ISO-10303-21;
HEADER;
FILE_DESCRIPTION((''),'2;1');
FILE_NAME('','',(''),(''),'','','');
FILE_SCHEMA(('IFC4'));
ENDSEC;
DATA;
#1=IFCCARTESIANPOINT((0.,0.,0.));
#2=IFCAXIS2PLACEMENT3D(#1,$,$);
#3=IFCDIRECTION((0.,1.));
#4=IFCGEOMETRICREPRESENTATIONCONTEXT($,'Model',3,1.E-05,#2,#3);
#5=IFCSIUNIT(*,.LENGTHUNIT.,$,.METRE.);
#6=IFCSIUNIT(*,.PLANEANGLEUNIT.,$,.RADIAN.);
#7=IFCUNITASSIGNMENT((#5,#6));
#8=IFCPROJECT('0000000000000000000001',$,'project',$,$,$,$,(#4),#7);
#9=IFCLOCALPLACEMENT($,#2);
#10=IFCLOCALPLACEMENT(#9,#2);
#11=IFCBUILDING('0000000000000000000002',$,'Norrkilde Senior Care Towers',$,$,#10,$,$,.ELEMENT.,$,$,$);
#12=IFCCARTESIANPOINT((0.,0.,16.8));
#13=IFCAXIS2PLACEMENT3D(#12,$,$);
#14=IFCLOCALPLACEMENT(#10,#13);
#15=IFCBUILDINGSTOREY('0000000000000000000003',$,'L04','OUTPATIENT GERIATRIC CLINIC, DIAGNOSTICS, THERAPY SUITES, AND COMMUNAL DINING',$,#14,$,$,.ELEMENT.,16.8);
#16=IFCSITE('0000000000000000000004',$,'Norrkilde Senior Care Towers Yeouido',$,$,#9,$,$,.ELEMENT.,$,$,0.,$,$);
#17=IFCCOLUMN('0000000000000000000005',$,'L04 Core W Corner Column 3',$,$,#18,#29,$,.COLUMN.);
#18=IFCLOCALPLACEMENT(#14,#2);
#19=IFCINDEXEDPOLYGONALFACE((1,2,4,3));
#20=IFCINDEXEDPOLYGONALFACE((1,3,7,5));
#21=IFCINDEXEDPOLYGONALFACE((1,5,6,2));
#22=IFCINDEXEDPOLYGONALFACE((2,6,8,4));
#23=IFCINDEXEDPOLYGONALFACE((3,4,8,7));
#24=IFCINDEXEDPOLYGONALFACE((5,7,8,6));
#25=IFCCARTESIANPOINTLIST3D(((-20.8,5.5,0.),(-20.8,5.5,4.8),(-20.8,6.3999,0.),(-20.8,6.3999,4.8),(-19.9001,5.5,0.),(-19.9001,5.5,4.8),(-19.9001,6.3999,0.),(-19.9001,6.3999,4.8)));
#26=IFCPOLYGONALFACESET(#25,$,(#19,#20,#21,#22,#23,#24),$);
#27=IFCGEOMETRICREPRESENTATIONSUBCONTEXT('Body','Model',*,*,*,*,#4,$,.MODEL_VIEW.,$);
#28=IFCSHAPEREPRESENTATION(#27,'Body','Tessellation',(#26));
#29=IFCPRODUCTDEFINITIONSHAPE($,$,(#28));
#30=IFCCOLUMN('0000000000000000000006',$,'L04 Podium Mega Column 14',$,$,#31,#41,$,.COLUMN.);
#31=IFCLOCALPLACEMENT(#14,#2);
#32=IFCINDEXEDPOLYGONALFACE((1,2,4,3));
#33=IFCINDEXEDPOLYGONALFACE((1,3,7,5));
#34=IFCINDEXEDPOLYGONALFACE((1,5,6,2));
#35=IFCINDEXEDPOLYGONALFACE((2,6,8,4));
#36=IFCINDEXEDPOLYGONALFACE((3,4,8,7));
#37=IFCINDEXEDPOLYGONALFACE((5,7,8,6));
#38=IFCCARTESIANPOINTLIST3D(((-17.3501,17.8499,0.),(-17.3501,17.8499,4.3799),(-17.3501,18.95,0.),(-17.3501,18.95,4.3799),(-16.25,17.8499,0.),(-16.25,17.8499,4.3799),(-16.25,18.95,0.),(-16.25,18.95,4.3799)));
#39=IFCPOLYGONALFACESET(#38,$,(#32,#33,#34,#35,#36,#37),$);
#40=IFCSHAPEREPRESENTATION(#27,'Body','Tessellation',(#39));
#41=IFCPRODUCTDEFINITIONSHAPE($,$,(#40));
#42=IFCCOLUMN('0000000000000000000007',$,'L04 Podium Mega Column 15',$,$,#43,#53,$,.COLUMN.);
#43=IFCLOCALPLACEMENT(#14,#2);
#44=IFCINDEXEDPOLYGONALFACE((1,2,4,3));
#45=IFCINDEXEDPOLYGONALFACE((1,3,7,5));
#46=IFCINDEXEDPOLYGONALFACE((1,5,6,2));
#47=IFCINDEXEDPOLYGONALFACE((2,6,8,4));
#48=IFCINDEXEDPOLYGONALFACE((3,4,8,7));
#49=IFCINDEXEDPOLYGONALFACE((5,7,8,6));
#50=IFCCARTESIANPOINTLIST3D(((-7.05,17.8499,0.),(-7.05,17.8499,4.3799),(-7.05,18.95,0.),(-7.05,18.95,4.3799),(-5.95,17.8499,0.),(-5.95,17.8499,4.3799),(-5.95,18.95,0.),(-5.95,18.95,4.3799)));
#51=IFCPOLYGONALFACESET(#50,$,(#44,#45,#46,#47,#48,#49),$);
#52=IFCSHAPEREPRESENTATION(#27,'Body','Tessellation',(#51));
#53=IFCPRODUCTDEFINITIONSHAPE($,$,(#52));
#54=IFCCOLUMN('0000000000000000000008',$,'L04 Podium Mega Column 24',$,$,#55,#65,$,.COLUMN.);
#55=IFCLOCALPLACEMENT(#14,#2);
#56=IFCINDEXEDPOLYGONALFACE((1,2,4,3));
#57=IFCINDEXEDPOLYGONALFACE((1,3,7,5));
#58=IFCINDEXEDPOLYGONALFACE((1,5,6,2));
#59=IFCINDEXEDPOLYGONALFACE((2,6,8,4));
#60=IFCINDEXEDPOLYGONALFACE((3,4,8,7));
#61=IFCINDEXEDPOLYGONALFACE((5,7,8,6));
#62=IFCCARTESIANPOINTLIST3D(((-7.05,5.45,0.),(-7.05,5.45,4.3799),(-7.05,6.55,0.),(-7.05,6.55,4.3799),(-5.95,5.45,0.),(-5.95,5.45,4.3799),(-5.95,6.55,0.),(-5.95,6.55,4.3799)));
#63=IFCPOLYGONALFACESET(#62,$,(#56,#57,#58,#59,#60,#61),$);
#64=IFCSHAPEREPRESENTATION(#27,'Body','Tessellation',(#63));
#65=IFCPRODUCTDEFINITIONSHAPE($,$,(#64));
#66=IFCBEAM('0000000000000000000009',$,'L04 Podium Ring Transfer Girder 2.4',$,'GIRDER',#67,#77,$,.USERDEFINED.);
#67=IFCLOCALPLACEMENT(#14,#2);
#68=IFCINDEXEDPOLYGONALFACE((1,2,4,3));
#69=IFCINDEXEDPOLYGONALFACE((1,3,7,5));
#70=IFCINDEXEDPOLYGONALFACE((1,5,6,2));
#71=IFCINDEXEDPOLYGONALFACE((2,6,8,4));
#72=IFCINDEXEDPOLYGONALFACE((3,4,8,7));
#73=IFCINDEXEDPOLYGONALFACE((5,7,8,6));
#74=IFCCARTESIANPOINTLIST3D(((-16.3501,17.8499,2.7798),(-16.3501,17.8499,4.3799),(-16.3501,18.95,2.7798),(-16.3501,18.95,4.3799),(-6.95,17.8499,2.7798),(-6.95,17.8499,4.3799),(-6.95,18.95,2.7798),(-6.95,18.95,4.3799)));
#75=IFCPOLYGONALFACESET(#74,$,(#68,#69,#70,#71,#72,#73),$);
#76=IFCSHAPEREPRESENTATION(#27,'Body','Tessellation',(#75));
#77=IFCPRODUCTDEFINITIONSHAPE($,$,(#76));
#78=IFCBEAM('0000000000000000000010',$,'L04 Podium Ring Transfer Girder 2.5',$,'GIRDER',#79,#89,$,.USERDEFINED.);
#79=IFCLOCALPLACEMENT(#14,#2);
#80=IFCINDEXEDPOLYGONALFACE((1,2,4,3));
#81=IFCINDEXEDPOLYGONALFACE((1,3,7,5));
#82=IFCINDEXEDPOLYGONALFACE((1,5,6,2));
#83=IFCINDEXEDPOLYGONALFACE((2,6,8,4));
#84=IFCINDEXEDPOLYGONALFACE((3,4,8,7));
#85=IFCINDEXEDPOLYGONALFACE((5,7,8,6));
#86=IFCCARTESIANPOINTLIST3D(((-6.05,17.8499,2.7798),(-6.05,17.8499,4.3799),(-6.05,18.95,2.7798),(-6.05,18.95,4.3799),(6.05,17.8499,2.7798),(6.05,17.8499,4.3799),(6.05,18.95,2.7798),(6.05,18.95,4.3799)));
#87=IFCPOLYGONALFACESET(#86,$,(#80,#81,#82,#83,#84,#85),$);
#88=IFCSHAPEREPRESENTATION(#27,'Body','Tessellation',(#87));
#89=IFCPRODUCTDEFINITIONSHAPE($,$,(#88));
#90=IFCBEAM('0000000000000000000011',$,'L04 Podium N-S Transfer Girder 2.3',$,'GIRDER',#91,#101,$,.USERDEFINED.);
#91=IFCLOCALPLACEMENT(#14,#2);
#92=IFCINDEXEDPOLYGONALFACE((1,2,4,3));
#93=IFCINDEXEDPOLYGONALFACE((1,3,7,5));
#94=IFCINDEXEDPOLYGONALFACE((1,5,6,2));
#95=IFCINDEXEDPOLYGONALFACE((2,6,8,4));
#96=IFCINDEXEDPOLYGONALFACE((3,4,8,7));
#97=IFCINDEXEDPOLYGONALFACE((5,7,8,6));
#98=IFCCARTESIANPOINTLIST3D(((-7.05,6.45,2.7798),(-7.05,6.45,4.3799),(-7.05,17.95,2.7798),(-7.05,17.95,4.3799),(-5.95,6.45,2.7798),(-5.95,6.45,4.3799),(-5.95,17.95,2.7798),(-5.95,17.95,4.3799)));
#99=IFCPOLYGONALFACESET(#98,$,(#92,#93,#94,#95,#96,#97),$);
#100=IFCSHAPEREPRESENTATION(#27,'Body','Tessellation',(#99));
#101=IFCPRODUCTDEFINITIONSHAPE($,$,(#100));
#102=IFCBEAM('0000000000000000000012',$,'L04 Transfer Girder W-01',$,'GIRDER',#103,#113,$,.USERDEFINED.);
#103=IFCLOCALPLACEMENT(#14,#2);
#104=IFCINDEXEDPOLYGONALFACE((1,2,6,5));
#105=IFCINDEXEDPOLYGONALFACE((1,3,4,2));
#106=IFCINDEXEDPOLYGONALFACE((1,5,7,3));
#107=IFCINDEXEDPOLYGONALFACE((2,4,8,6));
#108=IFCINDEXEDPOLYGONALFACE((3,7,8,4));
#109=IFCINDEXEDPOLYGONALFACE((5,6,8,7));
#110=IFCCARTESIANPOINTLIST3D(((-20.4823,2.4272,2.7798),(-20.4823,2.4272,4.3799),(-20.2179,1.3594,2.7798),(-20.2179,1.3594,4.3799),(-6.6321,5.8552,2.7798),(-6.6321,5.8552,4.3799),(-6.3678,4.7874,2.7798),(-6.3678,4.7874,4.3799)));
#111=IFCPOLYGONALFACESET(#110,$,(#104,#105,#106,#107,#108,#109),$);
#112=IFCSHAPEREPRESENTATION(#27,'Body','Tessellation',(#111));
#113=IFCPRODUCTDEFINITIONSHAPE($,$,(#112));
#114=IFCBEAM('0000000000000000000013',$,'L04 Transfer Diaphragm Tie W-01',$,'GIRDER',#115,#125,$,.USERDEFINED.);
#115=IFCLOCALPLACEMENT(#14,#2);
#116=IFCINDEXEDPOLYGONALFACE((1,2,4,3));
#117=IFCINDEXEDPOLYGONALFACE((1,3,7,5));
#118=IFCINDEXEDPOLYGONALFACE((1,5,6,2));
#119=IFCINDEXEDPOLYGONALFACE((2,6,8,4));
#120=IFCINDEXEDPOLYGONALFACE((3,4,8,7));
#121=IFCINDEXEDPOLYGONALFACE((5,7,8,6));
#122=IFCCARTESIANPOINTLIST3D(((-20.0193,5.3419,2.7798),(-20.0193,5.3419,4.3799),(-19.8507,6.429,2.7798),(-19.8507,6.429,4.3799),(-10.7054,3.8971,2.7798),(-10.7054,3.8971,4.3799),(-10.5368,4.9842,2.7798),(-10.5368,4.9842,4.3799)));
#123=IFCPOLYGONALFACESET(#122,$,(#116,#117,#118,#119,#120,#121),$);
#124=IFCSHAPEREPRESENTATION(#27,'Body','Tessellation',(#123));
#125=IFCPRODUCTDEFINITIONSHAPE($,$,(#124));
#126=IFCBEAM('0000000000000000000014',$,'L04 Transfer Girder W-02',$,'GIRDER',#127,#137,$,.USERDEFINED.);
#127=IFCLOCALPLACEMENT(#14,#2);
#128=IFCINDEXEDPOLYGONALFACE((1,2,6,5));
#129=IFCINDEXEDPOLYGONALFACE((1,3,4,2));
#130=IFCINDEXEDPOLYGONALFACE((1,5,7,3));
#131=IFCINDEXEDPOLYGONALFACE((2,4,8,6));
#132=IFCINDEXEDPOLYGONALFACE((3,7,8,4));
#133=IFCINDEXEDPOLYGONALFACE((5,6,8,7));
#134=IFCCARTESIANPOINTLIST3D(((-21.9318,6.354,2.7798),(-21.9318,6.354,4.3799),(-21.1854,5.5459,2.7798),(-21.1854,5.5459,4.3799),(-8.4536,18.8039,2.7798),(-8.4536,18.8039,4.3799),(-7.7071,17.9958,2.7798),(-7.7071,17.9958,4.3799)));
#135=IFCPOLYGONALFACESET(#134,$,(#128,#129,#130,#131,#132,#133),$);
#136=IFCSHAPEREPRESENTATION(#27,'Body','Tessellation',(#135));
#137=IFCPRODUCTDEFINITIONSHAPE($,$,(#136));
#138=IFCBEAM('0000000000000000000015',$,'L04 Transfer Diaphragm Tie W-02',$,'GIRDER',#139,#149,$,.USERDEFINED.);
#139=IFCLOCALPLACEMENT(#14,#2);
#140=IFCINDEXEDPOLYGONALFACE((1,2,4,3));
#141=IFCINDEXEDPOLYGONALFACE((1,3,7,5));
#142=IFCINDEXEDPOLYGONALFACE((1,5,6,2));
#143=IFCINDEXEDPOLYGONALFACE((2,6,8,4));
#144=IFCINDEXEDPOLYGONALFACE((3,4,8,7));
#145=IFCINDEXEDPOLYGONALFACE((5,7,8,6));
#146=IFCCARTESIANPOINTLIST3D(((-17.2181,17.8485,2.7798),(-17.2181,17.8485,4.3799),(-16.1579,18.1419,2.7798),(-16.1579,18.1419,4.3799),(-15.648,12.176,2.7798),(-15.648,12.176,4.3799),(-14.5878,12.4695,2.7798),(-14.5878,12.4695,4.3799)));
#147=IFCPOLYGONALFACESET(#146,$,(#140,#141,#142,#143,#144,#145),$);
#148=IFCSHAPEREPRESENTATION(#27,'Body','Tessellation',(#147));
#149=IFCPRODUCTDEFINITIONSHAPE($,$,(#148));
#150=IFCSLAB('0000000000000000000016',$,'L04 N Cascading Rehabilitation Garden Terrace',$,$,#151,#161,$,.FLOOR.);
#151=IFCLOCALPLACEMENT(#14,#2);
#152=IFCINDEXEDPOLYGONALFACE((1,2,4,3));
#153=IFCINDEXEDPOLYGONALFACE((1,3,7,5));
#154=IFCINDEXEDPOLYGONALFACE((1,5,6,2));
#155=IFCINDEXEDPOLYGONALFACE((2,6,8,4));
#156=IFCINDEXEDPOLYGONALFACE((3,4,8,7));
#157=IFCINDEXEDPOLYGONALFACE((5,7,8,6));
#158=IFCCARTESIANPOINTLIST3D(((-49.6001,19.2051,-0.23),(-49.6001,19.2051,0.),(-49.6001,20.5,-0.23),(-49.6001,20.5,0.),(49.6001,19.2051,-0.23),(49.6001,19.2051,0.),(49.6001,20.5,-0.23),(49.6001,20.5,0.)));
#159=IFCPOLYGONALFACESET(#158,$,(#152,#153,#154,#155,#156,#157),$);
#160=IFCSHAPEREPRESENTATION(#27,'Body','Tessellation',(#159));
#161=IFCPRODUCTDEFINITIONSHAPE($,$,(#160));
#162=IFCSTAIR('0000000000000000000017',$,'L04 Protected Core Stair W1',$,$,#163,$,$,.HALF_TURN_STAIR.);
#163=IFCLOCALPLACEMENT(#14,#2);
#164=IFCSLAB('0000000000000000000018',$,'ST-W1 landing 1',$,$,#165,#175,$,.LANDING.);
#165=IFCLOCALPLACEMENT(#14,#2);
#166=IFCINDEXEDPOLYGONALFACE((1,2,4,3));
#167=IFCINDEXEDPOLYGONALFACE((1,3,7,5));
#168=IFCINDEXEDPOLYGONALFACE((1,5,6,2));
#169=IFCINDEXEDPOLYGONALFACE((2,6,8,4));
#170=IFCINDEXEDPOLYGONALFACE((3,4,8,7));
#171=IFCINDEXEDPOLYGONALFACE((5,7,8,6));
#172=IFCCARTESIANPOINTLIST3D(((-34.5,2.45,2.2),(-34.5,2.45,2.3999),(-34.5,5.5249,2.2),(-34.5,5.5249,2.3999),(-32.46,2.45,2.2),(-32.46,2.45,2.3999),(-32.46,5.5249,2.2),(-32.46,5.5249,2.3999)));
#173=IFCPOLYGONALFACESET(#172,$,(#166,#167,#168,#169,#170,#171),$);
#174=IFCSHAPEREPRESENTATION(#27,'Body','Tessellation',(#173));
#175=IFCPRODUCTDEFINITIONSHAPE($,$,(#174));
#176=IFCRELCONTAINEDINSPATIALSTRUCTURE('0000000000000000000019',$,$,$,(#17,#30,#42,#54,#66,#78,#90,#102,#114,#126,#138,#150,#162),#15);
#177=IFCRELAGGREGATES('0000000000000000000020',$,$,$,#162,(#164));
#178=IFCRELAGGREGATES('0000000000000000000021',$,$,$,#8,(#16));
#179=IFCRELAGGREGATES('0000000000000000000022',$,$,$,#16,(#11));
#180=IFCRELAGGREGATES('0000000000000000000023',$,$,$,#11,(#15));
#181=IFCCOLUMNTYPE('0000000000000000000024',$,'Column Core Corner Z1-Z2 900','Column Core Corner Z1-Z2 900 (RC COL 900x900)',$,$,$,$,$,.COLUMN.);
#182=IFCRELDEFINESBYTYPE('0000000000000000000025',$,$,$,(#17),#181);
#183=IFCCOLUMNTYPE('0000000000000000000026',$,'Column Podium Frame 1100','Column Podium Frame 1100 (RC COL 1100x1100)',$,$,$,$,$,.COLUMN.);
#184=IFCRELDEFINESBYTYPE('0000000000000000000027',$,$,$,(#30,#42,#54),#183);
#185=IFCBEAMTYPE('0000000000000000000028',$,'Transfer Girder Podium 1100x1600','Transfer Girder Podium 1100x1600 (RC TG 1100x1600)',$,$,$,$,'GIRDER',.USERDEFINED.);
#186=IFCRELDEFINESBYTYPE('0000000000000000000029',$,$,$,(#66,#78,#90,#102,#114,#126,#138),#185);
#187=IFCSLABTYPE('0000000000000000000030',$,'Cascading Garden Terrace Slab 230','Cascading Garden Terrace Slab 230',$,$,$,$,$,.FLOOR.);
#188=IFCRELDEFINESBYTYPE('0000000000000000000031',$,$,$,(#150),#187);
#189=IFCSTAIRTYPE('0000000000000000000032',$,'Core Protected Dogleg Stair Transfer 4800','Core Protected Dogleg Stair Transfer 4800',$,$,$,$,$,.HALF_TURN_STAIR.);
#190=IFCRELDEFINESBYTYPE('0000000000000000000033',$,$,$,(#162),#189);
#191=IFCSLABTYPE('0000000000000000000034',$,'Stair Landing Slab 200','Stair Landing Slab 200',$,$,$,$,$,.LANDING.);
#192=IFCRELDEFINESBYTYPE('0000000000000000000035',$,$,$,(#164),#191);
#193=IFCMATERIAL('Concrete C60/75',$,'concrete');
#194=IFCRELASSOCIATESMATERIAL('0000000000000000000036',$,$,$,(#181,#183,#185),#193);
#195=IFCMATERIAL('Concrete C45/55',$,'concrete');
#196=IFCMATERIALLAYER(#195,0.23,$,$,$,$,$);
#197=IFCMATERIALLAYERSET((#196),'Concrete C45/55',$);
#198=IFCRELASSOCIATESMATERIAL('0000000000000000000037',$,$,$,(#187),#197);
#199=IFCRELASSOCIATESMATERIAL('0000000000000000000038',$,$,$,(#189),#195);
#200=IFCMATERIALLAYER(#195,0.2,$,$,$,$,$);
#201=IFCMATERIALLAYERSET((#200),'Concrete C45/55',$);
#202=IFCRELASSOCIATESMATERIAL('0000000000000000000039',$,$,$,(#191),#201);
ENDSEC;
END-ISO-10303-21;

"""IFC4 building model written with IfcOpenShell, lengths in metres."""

from ifc_helpers import new_model, si_unit, direction, frame, origin, origin_2d, place, context, subcontext, project, spatial, polyline, rectangle, outline, extrude, source, transform, mapped, material, layer, layer_set, material_profile, profile_set, type_object, type_shapes, element, aggregate, save


model = new_model("IFC4")

# Units and contexts
model_context = context("Model", 3, precision=1e-05, world=origin(), true_north=direction((0.0, 1.0)))
body_context = subcontext(model_context, "Body", "Model", "MODEL_VIEW")
ifc_project = project(units=[si_unit("LENGTHUNIT", "METRE"), si_unit("PLANEANGLEUNIT", "RADIAN")], contexts=[model_context])

# Site, building, storey
site_placement = place(None, origin())
site = spatial("IfcSite", under=ifc_project, at=site_placement, Name="Norrkilde Senior Care Towers Yeouido", CompositionType="ELEMENT", RefElevation=0.0)
building_placement = place(site_placement, origin())
building = spatial("IfcBuilding", under=site, at=building_placement, Name="Norrkilde Senior Care Towers", CompositionType="ELEMENT")
storey_placement = place(building_placement, frame((0.0, 0.0, 16.8)))
storey = spatial("IfcBuildingStorey", under=building, at=storey_placement, Name="L04", Description="OUTPATIENT GERIATRIC CLINIC, DIAGNOSTICS, THERAPY SUITES, AND COMMUNAL DINING", CompositionType="ELEMENT", Elevation=16.8)

# Columns
ifc_material_1 = material(Name="Concrete C60/75", Category="concrete")
ifc_material_profile_1 = material_profile(ifc_material_1, rectangle(XDim=0.8999, YDim=0.8999, at=origin_2d()), Name="RC COL 900x900")
ifc_profile_set_1 = profile_set([ifc_material_profile_1], Name="Concrete C60/75")
column_type_1 = type_object("IfcColumnType", Name="Column Core Corner Z1-Z2 900", Description="Column Core Corner Z1-Z2 900 (RC COL 900x900)", PredefinedType="COLUMN", material=ifc_profile_set_1)
shared_shape_1 = source(origin(), body_context, "Body", "SweptSolid", [
    extrude(rectangle(XDim=0.8999, YDim=0.8999, at=origin_2d()), origin(), (0.0, 0.0, 1.0), 4.8),
])
type_shapes(column_type_1, [shared_shape_1])
column_placement = place(storey_placement, frame((-20.3501, 5.95, 0.0), z_axis=(0.0, 0.0, 1.0), x_axis=(1.0, 0.0, 0.0)))
element("IfcColumn", 1, at=column_placement, inside=storey, type_object=column_type_1, Name="L04 Core W Corner Column 3", PredefinedType="COLUMN", context=body_context, shape_type="MappedRepresentation", body=[
    mapped(shared_shape_1, transform((0.0, 0.0, 0.0), x_axis=(1.0, 0.0, 0.0), y_axis=(0.0, 1.0, 0.0), z_axis=(0.0, 0.0, 1.0), scale=1.0)),
])
ifc_material_profile_2 = material_profile(ifc_material_1, rectangle(XDim=1.1001, YDim=1.1001, at=origin_2d()), Name="RC COL 1100x1100")
ifc_profile_set_2 = profile_set([ifc_material_profile_2], Name="Concrete C60/75")
column_type_2 = type_object("IfcColumnType", Name="Column Podium Frame 1100", Description="Column Podium Frame 1100 (RC COL 1100x1100)", PredefinedType="COLUMN", material=ifc_profile_set_2)
shared_shape_2 = source(origin(), body_context, "Body", "SweptSolid", [
    extrude(rectangle(XDim=1.1001, YDim=1.1001, at=origin_2d()), origin(), (0.0, 0.0, 1.0), 4.3799),
])
type_shapes(column_type_2, [shared_shape_2])
for number, where, z_axis, x_axis, name in (
    (2, (-16.8, 18.3999, 0.0), (0.0, 0.0, 1.0), (1.0, 0.0, 0.0), "L04 Podium Mega Column 14"),
    (3, (-6.5, 18.3999, 0.0), (0.0, 0.0, 1.0), (1.0, 0.0, 0.0), "L04 Podium Mega Column 15"),
    (4, (-6.5, 6.0, 0.0), (0.0, 0.0, 1.0), (1.0, 0.0, 0.0), "L04 Podium Mega Column 24"),
):
    element("IfcColumn", number, at=place(storey_placement, frame(where, z_axis=z_axis, x_axis=x_axis)), inside=storey, type_object=column_type_2, Name=name, PredefinedType="COLUMN", context=body_context, shape_type="MappedRepresentation", body=[
        mapped(shared_shape_2, transform((0.0, 0.0, 0.0), x_axis=(1.0, 0.0, 0.0), y_axis=(0.0, 1.0, 0.0), z_axis=(0.0, 0.0, 1.0), scale=1.0)),
    ])

# Beams
ifc_material_profile_3 = material_profile(ifc_material_1, rectangle(XDim=1.1001, YDim=1.6001, at=origin_2d()), Name="RC TG 1100x1600")
ifc_profile_set_3 = profile_set([ifc_material_profile_3], Name="Concrete C60/75")
beam_type = type_object("IfcBeamType", Name="Transfer Girder Podium 1100x1600", Description="Transfer Girder Podium 1100x1600 (RC TG 1100x1600)", ElementType="GIRDER", PredefinedType="USERDEFINED", material=ifc_profile_set_3)
shared_shape_3 = source(origin(), body_context, "Body", "SweptSolid", [
    extrude(rectangle(XDim=1.1001, YDim=1.6001, at=origin_2d()), origin(), (0.0, 0.0, 1.0), 9.4001),
])
beam_1_placement = place(storey_placement, frame((-16.3501, 18.3999, 3.5798), z_axis=(1.0, 0.0, 0.0), x_axis=(0.0, 1.0, 0.0)))
element("IfcBeam", 5, at=beam_1_placement, inside=storey, type_object=beam_type, Name="L04 Podium Ring Transfer Girder 2.4", ObjectType="GIRDER", PredefinedType="USERDEFINED", context=body_context, shape_type="MappedRepresentation", body=[
    mapped(shared_shape_3, transform((0.0, 0.0, 0.0), x_axis=(1.0, 0.0, 0.0), y_axis=(0.0, 1.0, 0.0), z_axis=(0.0, 0.0, 1.0), scale=1.0)),
])
shared_shape_4 = source(origin(), body_context, "Body", "SweptSolid", [
    extrude(rectangle(XDim=1.1001, YDim=1.6001, at=origin_2d()), origin(), (0.0, 0.0, 1.0), 12.1001),
])
beam_2_placement = place(storey_placement, frame((-6.05, 18.3999, 3.5798), z_axis=(1.0, 0.0, 0.0), x_axis=(0.0, 1.0, 0.0)))
element("IfcBeam", 6, at=beam_2_placement, inside=storey, type_object=beam_type, Name="L04 Podium Ring Transfer Girder 2.5", ObjectType="GIRDER", PredefinedType="USERDEFINED", context=body_context, shape_type="MappedRepresentation", body=[
    mapped(shared_shape_4, transform((0.0, 0.0, 0.0), x_axis=(1.0, 0.0, 0.0), y_axis=(0.0, 1.0, 0.0), z_axis=(0.0, 0.0, 1.0), scale=1.0)),
])
shared_shape_5 = source(origin(), body_context, "Body", "SweptSolid", [
    extrude(rectangle(XDim=1.1001, YDim=1.6001, at=origin_2d()), origin(), (0.0, 0.0, 1.0), 11.5),
])
beam_3_placement = place(storey_placement, frame((-6.5, 6.45, 3.5798), z_axis=(0.0, 1.0, 0.0), x_axis=(-1.0, 0.0, 0.0)))
element("IfcBeam", 7, at=beam_3_placement, inside=storey, type_object=beam_type, Name="L04 Podium N-S Transfer Girder 2.3", ObjectType="GIRDER", PredefinedType="USERDEFINED", context=body_context, shape_type="MappedRepresentation", body=[
    mapped(shared_shape_5, transform((0.0, 0.0, 0.0), x_axis=(1.0, 0.0, 0.0), y_axis=(0.0, 1.0, 0.0), z_axis=(0.0, 0.0, 1.0), scale=1.0)),
])
shared_shape_6 = source(origin(), body_context, "Body", "SweptSolid", [
    extrude(rectangle(XDim=1.1001, YDim=1.6001, at=origin_2d()), origin(), (0.0, 0.0, 1.0), 14.2681),
])
beam_4_placement = place(storey_placement, frame((-20.3501, 1.8933, 3.5798), z_axis=(0.97071, 0.240256, 0.0), x_axis=(-0.240256, 0.97071, 0.0)))
element("IfcBeam", 8, at=beam_4_placement, inside=storey, type_object=beam_type, Name="L04 Transfer Girder W-01", ObjectType="GIRDER", PredefinedType="USERDEFINED", context=body_context, shape_type="MappedRepresentation", body=[
    mapped(shared_shape_6, transform((0.0, 0.0, 0.0), x_axis=(1.0, 0.0, 0.0), y_axis=(0.0, 1.0, 0.0), z_axis=(0.0, 0.0, 1.0), scale=1.0)),
])
shared_shape_7 = source(origin(), body_context, "Body", "SweptSolid", [
    extrude(rectangle(XDim=1.1001, YDim=1.6001, at=origin_2d()), origin(), (0.0, 0.0, 1.0), 9.4253),
])
beam_5_placement = place(storey_placement, frame((-10.6211, 4.4407, 3.5798), z_axis=(-0.988181, 0.153291, 0.0), x_axis=(-0.153291, -0.988181, 0.0)))
element("IfcBeam", 9, at=beam_5_placement, inside=storey, type_object=beam_type, Name="L04 Transfer Diaphragm Tie W-01", ObjectType="GIRDER", PredefinedType="USERDEFINED", context=body_context, shape_type="MappedRepresentation", body=[
    mapped(shared_shape_7, transform((0.0, 0.0, 0.0), x_axis=(1.0, 0.0, 0.0), y_axis=(0.0, 1.0, 0.0), z_axis=(0.0, 0.0, 1.0), scale=1.0)),
])
shared_shape_8 = source(origin(), body_context, "Body", "SweptSolid", [
    extrude(rectangle(XDim=1.1001, YDim=1.6001, at=origin_2d()), origin(), (0.0, 0.0, 1.0), 18.3484),
])
beam_6_placement = place(storey_placement, frame((-21.5586, 5.95, 3.5798), z_axis=(0.734573, 0.678529, 0.0), x_axis=(-0.678529, 0.734573, 0.0)))
element("IfcBeam", 10, at=beam_6_placement, inside=storey, type_object=beam_type, Name="L04 Transfer Girder W-02", ObjectType="GIRDER", PredefinedType="USERDEFINED", context=body_context, shape_type="MappedRepresentation", body=[
    mapped(shared_shape_8, transform((0.0, 0.0, 0.0), x_axis=(1.0, 0.0, 0.0), y_axis=(0.0, 1.0, 0.0), z_axis=(0.0, 0.0, 1.0), scale=1.0)),
])
shared_shape_9 = source(origin(), body_context, "Body", "SweptSolid", [
    extrude(rectangle(XDim=1.1001, YDim=1.6001, at=origin_2d()), origin(), (0.0, 0.0, 1.0), 5.8857),
])
type_shapes(beam_type, [shared_shape_3, shared_shape_4, shared_shape_5, shared_shape_6, shared_shape_7, shared_shape_8, shared_shape_9])
beam_7_placement = place(storey_placement, frame((-15.1179, 12.3228, 3.5798), z_axis=(-0.266762, 0.963762, 0.0), x_axis=(-0.963762, -0.266762, 0.0)))
element("IfcBeam", 11, at=beam_7_placement, inside=storey, type_object=beam_type, Name="L04 Transfer Diaphragm Tie W-02", ObjectType="GIRDER", PredefinedType="USERDEFINED", context=body_context, shape_type="MappedRepresentation", body=[
    mapped(shared_shape_9, transform((0.0, 0.0, 0.0), x_axis=(1.0, 0.0, 0.0), y_axis=(0.0, 1.0, 0.0), z_axis=(0.0, 0.0, 1.0), scale=1.0)),
])

# Slab
ifc_material_2 = material(Name="Concrete C45/55", Category="concrete")
ifc_layer_1 = layer(ifc_material_2, 0.23)
ifc_layer_set_1 = layer_set([ifc_layer_1], Name="Concrete C45/55")
slab_type_1 = type_object("IfcSlabType", Name="Cascading Garden Terrace Slab 230", Description="Cascading Garden Terrace Slab 230", PredefinedType="FLOOR", material=ifc_layer_set_1)
slab_1_placement = place(storey_placement, frame((0.0, 0.0, -0.23)))
element("IfcSlab", 12, at=slab_1_placement, inside=storey, type_object=slab_type_1, Name="L04 N Cascading Rehabilitation Garden Terrace", PredefinedType="FLOOR", context=body_context, shape_type="SweptSolid", body=[
    extrude(outline(polyline([(-49.6001, 19.2051), (49.6001, 19.2051), (49.6001, 20.5), (-49.6001, 20.5), (-49.6001, 19.2051)])), origin(), (0.0, 0.0, 1.0), 0.23),
])

# Stair, slab
stair_type = type_object("IfcStairType", Name="Core Protected Dogleg Stair Transfer 4800", Description="Core Protected Dogleg Stair Transfer 4800", PredefinedType="HALF_TURN_STAIR", material=ifc_material_2)
stair_1_placement = place(storey_placement, origin())
stair_1 = element("IfcStair", 13, at=stair_1_placement, inside=storey, type_object=stair_type, Name="L04 Protected Core Stair W1", PredefinedType="HALF_TURN_STAIR")
ifc_layer_2 = layer(ifc_material_2, 0.2)
ifc_layer_set_2 = layer_set([ifc_layer_2], Name="Concrete C45/55")
slab_type_2 = type_object("IfcSlabType", Name="Stair Landing Slab 200", Description="Stair Landing Slab 200", PredefinedType="LANDING", material=ifc_layer_set_2)
slab_2_placement = place(storey_placement, frame((0.0, 0.0, 2.2)))
slab_2 = element("IfcSlab", 14, at=slab_2_placement, type_object=slab_type_2, Name="ST-W1 landing 1", PredefinedType="LANDING", context=body_context, shape_type="SweptSolid", body=[
    extrude(outline(polyline([(-32.46, 5.5249), (-34.5, 5.5249), (-34.5, 2.45), (-32.46, 2.45), (-32.46, 5.5249)])), origin(), (0.0, 0.0, 1.0), 0.2),
])
aggregate(stair_1, [slab_2])

save(model, "model.ifc")
